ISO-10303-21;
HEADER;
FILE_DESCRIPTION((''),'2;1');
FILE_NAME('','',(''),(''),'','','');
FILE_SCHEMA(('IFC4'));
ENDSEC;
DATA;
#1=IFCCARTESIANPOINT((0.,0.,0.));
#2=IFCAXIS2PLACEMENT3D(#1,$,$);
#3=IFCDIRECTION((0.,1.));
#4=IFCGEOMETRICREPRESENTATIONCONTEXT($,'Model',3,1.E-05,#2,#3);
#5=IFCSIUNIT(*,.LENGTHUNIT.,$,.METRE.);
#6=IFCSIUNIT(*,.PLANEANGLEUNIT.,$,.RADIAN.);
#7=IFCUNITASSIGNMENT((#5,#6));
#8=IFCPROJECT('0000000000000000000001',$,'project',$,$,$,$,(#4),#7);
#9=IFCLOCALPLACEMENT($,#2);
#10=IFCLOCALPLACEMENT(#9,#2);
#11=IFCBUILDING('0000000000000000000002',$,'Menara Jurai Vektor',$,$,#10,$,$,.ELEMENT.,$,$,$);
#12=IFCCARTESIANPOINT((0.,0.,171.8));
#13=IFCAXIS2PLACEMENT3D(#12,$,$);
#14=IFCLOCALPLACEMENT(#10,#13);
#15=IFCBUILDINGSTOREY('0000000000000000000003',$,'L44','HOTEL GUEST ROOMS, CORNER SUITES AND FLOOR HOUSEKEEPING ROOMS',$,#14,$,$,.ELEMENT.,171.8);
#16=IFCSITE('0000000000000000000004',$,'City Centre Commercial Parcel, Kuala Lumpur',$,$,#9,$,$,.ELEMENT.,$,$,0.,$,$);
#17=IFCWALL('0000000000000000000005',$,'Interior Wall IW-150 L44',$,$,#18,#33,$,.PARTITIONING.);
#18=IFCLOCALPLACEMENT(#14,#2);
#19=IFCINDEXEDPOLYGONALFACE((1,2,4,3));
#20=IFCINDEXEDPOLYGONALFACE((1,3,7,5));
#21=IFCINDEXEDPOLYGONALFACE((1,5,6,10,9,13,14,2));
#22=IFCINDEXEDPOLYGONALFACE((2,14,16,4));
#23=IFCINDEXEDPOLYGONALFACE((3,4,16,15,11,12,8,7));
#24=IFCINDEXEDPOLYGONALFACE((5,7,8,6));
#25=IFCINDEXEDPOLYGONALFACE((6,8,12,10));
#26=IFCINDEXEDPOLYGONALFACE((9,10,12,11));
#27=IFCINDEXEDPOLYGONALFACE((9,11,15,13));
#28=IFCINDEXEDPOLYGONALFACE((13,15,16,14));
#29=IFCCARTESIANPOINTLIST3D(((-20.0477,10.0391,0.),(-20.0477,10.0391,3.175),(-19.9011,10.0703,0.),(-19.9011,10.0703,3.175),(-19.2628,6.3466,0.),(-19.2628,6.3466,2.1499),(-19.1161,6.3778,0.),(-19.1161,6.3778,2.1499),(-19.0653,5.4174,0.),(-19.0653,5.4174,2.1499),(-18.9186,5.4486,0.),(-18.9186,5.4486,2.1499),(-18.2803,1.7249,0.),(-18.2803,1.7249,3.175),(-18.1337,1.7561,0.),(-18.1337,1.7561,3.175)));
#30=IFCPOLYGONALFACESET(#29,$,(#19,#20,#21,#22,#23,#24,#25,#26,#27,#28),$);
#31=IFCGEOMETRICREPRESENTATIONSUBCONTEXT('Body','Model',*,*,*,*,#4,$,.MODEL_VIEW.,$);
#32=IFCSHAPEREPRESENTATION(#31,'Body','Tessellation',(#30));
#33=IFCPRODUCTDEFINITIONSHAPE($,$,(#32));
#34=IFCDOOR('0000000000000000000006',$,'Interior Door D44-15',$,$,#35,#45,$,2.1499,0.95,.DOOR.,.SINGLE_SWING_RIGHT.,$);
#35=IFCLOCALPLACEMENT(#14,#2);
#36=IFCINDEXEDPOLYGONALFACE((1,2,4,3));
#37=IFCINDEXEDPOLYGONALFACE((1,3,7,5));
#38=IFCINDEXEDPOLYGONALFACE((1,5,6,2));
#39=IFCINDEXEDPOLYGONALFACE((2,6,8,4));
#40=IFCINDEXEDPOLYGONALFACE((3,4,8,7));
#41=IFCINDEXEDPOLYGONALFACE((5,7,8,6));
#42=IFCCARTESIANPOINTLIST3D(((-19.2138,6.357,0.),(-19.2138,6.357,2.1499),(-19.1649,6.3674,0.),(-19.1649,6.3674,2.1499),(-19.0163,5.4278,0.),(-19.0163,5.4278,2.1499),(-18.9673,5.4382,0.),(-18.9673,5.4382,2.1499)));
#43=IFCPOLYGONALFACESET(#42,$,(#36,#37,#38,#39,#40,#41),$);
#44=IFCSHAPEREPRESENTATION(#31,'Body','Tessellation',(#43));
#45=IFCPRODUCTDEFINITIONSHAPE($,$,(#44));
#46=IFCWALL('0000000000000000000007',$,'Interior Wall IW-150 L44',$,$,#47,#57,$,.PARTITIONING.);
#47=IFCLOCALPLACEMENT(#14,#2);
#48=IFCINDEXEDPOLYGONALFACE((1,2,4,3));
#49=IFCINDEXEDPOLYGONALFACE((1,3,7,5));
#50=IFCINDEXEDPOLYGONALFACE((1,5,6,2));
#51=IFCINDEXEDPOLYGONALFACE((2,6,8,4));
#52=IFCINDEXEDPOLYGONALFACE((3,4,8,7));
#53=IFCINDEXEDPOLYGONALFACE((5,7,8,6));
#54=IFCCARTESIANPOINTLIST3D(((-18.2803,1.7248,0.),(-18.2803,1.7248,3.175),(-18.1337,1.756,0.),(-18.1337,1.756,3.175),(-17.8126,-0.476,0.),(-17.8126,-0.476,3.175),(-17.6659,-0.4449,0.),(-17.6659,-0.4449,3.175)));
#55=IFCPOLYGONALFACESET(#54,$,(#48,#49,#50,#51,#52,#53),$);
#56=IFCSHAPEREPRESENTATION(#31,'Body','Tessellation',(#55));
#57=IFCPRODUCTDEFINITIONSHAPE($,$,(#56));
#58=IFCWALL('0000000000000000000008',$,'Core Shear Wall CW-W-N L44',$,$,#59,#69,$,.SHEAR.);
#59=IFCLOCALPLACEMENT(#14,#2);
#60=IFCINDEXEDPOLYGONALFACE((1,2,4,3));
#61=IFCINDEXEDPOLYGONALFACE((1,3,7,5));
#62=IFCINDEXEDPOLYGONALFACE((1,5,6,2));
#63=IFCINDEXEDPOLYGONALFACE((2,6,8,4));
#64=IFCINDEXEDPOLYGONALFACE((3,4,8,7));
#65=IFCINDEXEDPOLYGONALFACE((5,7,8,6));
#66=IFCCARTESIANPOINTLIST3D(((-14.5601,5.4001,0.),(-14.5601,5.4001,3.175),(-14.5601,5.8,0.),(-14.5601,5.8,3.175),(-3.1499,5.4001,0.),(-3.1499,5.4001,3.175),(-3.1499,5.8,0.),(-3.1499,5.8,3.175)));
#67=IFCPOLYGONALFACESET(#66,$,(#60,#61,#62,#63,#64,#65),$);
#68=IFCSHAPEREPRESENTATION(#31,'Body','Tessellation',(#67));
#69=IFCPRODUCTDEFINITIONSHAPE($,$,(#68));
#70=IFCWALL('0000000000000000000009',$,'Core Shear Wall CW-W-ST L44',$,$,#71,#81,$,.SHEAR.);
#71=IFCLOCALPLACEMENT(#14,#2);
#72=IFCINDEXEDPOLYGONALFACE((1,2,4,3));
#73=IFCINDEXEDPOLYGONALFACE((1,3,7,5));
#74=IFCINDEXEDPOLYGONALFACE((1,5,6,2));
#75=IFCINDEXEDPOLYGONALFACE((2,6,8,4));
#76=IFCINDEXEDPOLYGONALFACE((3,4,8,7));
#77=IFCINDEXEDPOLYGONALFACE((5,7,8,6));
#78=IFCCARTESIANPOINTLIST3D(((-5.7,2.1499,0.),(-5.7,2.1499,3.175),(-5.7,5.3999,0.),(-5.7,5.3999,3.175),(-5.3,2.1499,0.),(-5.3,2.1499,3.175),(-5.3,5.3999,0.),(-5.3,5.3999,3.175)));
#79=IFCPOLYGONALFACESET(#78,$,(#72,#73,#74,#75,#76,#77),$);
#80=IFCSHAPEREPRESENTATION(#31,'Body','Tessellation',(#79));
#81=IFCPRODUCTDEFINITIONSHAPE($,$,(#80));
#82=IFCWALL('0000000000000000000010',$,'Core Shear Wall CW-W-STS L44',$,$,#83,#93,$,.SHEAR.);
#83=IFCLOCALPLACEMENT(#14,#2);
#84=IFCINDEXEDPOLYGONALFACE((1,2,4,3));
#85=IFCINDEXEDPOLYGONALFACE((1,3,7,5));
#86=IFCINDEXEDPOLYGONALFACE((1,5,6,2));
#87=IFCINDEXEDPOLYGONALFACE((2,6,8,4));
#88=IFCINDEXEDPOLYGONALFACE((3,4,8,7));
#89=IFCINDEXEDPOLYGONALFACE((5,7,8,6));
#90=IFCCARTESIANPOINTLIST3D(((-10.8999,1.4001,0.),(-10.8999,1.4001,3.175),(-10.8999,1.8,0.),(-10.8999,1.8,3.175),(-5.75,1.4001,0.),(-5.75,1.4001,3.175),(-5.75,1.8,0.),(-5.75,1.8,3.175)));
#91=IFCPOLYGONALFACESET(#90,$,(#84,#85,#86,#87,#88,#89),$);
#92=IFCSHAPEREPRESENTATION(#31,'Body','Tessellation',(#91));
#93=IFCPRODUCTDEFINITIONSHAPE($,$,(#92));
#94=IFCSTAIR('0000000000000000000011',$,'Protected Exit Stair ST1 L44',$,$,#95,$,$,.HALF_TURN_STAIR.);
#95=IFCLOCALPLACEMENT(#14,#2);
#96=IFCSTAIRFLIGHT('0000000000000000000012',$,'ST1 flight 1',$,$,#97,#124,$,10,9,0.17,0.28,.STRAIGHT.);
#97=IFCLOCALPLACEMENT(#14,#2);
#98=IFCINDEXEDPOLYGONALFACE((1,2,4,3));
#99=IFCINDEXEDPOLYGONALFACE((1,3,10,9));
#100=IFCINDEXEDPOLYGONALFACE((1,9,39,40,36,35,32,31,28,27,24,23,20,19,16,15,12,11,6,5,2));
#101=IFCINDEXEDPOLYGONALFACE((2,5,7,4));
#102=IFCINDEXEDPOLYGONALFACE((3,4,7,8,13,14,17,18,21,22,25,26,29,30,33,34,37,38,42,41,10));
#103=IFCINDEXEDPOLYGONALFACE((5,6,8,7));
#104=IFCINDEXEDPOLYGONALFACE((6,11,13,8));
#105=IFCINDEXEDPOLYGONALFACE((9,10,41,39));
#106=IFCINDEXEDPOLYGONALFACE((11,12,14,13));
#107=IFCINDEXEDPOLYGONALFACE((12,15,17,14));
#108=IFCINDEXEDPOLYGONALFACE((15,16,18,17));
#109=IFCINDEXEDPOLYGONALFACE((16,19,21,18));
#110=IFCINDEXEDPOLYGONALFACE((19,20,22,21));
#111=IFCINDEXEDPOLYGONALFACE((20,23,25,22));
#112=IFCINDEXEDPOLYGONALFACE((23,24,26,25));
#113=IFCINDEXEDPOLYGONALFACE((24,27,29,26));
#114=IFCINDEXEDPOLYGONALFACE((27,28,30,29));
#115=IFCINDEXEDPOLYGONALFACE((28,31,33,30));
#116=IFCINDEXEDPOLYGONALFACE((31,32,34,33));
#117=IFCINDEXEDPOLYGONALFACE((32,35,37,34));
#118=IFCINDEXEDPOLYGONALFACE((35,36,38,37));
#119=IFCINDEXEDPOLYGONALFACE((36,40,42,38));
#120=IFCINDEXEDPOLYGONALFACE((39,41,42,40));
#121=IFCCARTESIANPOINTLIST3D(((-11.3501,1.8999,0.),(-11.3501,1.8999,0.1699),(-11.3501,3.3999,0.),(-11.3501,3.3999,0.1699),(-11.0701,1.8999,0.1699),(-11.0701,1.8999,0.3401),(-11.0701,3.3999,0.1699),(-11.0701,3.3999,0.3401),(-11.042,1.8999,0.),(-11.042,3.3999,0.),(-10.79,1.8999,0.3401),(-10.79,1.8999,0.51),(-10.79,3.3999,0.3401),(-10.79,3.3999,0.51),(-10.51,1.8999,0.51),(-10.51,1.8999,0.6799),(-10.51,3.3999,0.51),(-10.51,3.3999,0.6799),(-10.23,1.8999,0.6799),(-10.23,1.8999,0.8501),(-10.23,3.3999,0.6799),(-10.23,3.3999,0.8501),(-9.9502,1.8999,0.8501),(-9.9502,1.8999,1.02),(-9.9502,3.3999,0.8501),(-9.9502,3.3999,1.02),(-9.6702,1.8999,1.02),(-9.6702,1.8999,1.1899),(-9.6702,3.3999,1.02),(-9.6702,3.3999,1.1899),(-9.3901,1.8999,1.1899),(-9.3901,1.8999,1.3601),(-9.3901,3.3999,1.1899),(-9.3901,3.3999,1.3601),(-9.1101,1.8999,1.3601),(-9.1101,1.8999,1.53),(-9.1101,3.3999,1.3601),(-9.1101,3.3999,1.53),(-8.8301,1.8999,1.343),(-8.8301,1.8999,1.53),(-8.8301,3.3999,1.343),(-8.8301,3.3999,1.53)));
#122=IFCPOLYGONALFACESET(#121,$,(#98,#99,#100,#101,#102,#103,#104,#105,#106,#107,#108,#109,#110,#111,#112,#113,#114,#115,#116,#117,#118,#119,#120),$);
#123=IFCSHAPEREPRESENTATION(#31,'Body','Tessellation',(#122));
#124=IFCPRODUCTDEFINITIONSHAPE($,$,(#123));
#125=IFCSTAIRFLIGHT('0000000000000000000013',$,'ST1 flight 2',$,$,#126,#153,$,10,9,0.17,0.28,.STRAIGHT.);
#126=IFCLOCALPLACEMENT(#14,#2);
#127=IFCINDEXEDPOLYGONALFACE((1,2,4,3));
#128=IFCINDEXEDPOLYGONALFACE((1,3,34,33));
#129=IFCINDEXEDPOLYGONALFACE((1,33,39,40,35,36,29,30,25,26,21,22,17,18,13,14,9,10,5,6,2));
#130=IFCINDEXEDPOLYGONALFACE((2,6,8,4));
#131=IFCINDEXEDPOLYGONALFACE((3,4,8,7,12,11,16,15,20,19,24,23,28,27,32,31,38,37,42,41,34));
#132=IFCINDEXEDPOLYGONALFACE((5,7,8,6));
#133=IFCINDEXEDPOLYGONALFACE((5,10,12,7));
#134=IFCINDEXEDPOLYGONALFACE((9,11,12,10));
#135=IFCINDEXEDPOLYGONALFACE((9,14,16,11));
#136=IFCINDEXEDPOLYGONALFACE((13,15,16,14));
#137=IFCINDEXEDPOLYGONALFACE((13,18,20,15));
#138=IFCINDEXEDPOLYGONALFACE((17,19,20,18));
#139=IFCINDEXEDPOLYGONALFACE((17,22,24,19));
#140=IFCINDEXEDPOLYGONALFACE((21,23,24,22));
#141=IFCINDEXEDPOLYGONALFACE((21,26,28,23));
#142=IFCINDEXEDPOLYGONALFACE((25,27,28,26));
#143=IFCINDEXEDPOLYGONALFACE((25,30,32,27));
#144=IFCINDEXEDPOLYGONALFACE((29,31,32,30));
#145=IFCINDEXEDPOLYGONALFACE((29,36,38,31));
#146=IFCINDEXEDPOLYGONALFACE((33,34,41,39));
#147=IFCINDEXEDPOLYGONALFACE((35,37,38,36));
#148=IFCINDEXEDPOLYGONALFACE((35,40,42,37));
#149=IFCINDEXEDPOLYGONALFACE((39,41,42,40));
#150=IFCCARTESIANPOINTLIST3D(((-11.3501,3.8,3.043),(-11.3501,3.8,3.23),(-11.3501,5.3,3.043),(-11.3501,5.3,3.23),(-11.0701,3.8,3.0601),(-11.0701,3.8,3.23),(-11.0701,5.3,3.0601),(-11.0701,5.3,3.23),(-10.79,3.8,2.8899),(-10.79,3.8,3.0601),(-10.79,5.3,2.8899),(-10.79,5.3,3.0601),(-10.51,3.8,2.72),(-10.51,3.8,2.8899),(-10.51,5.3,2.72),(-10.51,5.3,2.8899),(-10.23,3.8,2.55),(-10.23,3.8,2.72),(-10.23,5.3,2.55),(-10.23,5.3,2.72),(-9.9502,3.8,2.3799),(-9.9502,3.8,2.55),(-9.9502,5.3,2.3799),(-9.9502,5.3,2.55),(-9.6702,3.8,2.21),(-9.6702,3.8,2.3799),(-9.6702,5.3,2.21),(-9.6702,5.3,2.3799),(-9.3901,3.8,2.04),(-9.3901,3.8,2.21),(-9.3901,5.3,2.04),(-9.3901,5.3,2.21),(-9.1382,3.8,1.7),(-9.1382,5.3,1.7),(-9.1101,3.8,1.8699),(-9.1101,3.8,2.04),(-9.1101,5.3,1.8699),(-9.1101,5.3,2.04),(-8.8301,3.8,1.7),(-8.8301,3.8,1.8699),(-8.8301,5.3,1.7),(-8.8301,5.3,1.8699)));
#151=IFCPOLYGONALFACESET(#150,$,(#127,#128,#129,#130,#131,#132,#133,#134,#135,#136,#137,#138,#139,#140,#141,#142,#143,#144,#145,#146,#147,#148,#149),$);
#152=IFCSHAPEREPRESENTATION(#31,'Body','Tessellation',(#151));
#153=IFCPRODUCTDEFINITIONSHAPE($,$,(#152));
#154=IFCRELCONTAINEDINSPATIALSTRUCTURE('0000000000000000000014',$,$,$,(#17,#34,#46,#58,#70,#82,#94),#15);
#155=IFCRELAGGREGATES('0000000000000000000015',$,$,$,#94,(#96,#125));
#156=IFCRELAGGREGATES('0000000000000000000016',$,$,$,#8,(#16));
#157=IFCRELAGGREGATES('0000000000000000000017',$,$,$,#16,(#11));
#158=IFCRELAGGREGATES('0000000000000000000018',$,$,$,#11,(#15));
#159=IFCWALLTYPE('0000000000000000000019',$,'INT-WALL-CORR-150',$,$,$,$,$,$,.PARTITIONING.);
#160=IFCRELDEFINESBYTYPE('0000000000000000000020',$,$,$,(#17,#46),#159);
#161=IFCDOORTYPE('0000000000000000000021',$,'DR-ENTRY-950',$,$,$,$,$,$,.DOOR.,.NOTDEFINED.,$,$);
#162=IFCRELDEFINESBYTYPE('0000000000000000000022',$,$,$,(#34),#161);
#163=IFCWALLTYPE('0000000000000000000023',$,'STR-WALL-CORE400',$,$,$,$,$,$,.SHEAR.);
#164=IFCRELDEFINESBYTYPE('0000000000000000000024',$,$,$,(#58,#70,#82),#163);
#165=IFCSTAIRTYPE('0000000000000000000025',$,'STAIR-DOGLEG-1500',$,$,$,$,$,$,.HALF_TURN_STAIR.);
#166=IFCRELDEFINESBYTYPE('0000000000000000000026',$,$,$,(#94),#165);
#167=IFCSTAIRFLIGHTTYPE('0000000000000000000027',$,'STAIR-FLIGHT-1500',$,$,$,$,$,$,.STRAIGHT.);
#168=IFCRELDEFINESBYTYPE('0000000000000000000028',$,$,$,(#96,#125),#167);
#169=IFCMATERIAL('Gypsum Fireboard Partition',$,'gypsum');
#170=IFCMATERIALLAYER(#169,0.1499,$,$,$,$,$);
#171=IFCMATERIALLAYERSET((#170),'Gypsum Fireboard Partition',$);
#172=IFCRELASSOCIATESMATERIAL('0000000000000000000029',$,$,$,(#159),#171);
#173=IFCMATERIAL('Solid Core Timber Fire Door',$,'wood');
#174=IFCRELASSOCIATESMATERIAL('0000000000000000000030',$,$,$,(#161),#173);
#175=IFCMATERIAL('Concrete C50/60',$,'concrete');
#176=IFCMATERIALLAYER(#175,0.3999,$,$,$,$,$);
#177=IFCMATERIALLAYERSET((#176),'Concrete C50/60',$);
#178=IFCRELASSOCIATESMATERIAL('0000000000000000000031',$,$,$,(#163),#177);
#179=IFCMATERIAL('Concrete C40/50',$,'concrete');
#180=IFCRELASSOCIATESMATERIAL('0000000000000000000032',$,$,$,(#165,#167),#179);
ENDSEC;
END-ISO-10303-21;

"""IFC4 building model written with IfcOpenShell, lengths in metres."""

from ifc_helpers import new_model, si_unit, direction, frame, frame_2d, origin, place, context, subcontext, project, spatial, polyline, rectangle, outline, extrude, material, layer, layer_set, type_object, element, fill, aggregate, save


model = new_model("IFC4")

# Units and contexts
model_context = context("Model", 3, precision=1e-05, world=origin(), true_north=direction((0.0, 1.0)))
body_context = subcontext(model_context, "Body", "Model", "MODEL_VIEW")
ifc_project = project(units=[si_unit("LENGTHUNIT", "METRE"), si_unit("PLANEANGLEUNIT", "RADIAN")], contexts=[model_context])

# Site, building, storey
site_placement = place(None, origin())
site = spatial("IfcSite", under=ifc_project, at=site_placement, Name="City Centre Commercial Parcel, Kuala Lumpur", CompositionType="ELEMENT", RefElevation=0.0)
building_placement = place(site_placement, origin())
building = spatial("IfcBuilding", under=site, at=building_placement, Name="Menara Jurai Vektor", CompositionType="ELEMENT")
storey_placement = place(building_placement, frame((0.0, 0.0, 171.8)))
storey = spatial("IfcBuildingStorey", under=building, at=storey_placement, Name="L44", Description="HOTEL GUEST ROOMS, CORNER SUITES AND FLOOR HOUSEKEEPING ROOMS", CompositionType="ELEMENT", Elevation=171.8)

# Shared definitions
ifc_material_1 = material(Name="Concrete C50/60", Category="concrete")

# Shared definitions
ifc_material_2 = material(Name="Concrete C40/50", Category="concrete")

# Shared definitions
ifc_material_3 = material(Name="Gypsum Fireboard Partition", Category="gypsum")
ifc_layer_1 = layer(ifc_material_3, 0.1499)
ifc_layer_set_1 = layer_set([ifc_layer_1], Name="Gypsum Fireboard Partition")
wall_type_1 = type_object("IfcWallType", Name="INT-WALL-CORR-150", PredefinedType="PARTITIONING", material=ifc_layer_set_1)

# Wall, opening, door
wall_1_placement = place(storey_placement, frame((-18.207, 1.7405, 0.0), z_axis=(0.0, 0.0, 1.0), x_axis=(-0.207922, 0.978145, 0.0)))
wall_1 = element("IfcWall", 1, at=wall_1_placement, inside=storey, type_object=wall_type_1, Name="Interior Wall IW-150 L44", PredefinedType="PARTITIONING", context=body_context, shape_type="SweptSolid", body=[
    extrude(rectangle(XDim=8.5, YDim=0.1499, at=frame_2d((4.25, 0.0))), origin(), (0.0, 0.0, 1.0), 3.175),
])
opening_1_placement = place(wall_1_placement, frame((3.7749, 0.0, 0.0)))
opening_1 = element("IfcOpeningElement", 2, at=opening_1_placement, cuts=wall_1, PredefinedType="OPENING", context=body_context, shape_type="SweptSolid", body=[
    extrude(rectangle(XDim=0.95, YDim=2.1499, at=frame_2d((0.4751, 1.075))), frame((0.0, 0.085, 0.0), z_axis=(0.0, -1.0, 0.0), x_axis=(1.0, 0.0, 0.0)), (0.0, 0.0, 1.0), 0.1699),
])
ifc_material_4 = material(Name="Solid Core Timber Fire Door", Category="wood")
door_type_1 = type_object("IfcDoorType", Name="DR-ENTRY-950", OperationType="NOTDEFINED", PredefinedType="DOOR", material=ifc_material_4)
door_1_placement = place(opening_1_placement, origin())
door_1 = element("IfcDoor", 3, at=door_1_placement, inside=storey, type_object=door_type_1, Name="Interior Door D44-15", OperationType="SINGLE_SWING_RIGHT", OverallHeight=2.1499, OverallWidth=0.95, PredefinedType="DOOR", context=body_context, shape_type="SweptSolid", body=[
    extrude(rectangle(XDim=0.95, YDim=2.1499, at=frame_2d((0.4751, 1.075))), frame((0.0, 0.0249, 0.0), z_axis=(0.0, -1.0, 0.0), x_axis=(1.0, 0.0, 0.0)), (0.0, 0.0, 1.0), 0.05),
])
fill(opening_1, door_1)

# Wall
wall_2_placement = place(storey_placement, frame((-17.7393, -0.4604, 0.0), z_axis=(0.0, 0.0, 1.0), x_axis=(-0.207891, 0.978152, 0.0)))
element("IfcWall", 4, at=wall_2_placement, inside=storey, type_object=wall_type_1, Name="Interior Wall IW-150 L44", PredefinedType="PARTITIONING", context=body_context, shape_type="SweptSolid", body=[
    extrude(rectangle(XDim=2.25, YDim=0.1499, at=frame_2d((1.125, 0.0))), origin(), (0.0, 0.0, 1.0), 3.175),
])

# Walls
ifc_layer_2 = layer(ifc_material_1, 0.3999)
ifc_layer_set_2 = layer_set([ifc_layer_2], Name="Concrete C50/60")
wall_type_2 = type_object("IfcWallType", Name="STR-WALL-CORE400", PredefinedType="SHEAR", material=ifc_layer_set_2)
wall_3_placement = place(storey_placement, frame((-14.5601, 5.6001, 0.0), z_axis=(0.0, 0.0, 1.0), x_axis=(1.0, 0.0, 0.0)))
element("IfcWall", 5, at=wall_3_placement, inside=storey, type_object=wall_type_2, Name="Core Shear Wall CW-W-N L44", PredefinedType="SHEAR", context=body_context, shape_type="SweptSolid", body=[
    extrude(rectangle(XDim=11.4102, YDim=0.3999, at=frame_2d((5.7051, 0.0))), origin(), (0.0, 0.0, 1.0), 3.175),
])
wall_4_placement = place(storey_placement, frame((-5.5, 2.1499, 0.0), z_axis=(0.0, 0.0, 1.0), x_axis=(0.0, 1.0, 0.0)))
element("IfcWall", 6, at=wall_4_placement, inside=storey, type_object=wall_type_2, Name="Core Shear Wall CW-W-ST L44", PredefinedType="SHEAR", context=body_context, shape_type="SweptSolid", body=[
    extrude(rectangle(XDim=3.25, YDim=0.3999, at=frame_2d((1.625, 0.0))), origin(), (0.0, 0.0, 1.0), 3.175),
])
wall_5_placement = place(storey_placement, frame((-10.8999, 1.6001, 0.0), z_axis=(0.0, 0.0, 1.0), x_axis=(1.0, 0.0, 0.0)))
element("IfcWall", 7, at=wall_5_placement, inside=storey, type_object=wall_type_2, Name="Core Shear Wall CW-W-STS L44", PredefinedType="SHEAR", context=body_context, shape_type="SweptSolid", body=[
    extrude(rectangle(XDim=5.1499, YDim=0.3999, at=frame_2d((2.575, 0.0))), origin(), (0.0, 0.0, 1.0), 3.175),
])

# Stair, stair flights
stair_type = type_object("IfcStairType", Name="STAIR-DOGLEG-1500", PredefinedType="HALF_TURN_STAIR", material=ifc_material_2)
stair_placement = place(storey_placement, origin())
stair = element("IfcStair", 8, at=stair_placement, inside=storey, type_object=stair_type, Name="Protected Exit Stair ST1 L44", PredefinedType="HALF_TURN_STAIR")
stair_flight_type = type_object("IfcStairFlightType", Name="STAIR-FLIGHT-1500", PredefinedType="STRAIGHT", material=ifc_material_2)
stair_flight_1_placement = place(storey_placement, frame((-11.3501, 2.6499, 0.0), z_axis=(0.0, 0.0, 1.0), x_axis=(1.0, 0.0, 0.0)))
stair_flight_1 = element("IfcStairFlight", 9, at=stair_flight_1_placement, type_object=stair_flight_type, Name="ST1 flight 1", NumberOfRisers=10, NumberOfTreads=9, PredefinedType="STRAIGHT", RiserHeight=0.17, TreadLength=0.28, context=body_context, shape_type="SweptSolid", body=[
    extrude(outline(polyline([(0.0, 0.0), (0.0, 0.1699), (0.28, 0.1699), (0.28, 0.3401), (0.5601, 0.3401), (0.5601, 0.51), (0.8401, 0.51), (0.8401, 0.6799), (1.1201, 0.6799), (1.1201, 0.8501), (1.3999, 0.8501), (1.3999, 1.02), (1.6799, 1.02), (1.6799, 1.1899), (1.96, 1.1899), (1.96, 1.3601), (2.24, 1.3601), (2.24, 1.53), (2.52, 1.53), (2.52, 1.7), (2.52, 1.343), (0.3081, 0.0), (0.0, 0.0)])), frame((0.0, 0.75, 0.0), z_axis=(0.0, -1.0, 0.0), x_axis=(1.0, 0.0, 0.0)), (0.0, 0.0, 1.0), 1.5),
])
stair_flight_2_placement = place(storey_placement, frame((-8.8301, 4.55, 1.7), z_axis=(0.0, 0.0, 1.0), x_axis=(-1.0, 0.0, 0.0)))
stair_flight_2 = element("IfcStairFlight", 10, at=stair_flight_2_placement, type_object=stair_flight_type, Name="ST1 flight 2", NumberOfRisers=10, NumberOfTreads=9, PredefinedType="STRAIGHT", RiserHeight=0.17, TreadLength=0.28, context=body_context, shape_type="SweptSolid", body=[
    extrude(outline(polyline([(0.0, 0.0), (0.0, 0.1699), (0.28, 0.1699), (0.28, 0.3401), (0.5601, 0.3401), (0.5601, 0.51), (0.8401, 0.51), (0.8401, 0.6799), (1.1201, 0.6799), (1.1201, 0.8501), (1.3999, 0.8501), (1.3999, 1.02), (1.6799, 1.02), (1.6799, 1.1899), (1.96, 1.1899), (1.96, 1.3601), (2.24, 1.3601), (2.24, 1.53), (2.52, 1.53), (2.52, 1.7), (2.52, 1.343), (0.3081, 0.0), (0.0, 0.0)])), frame((0.0, 0.75, 0.0), z_axis=(0.0, -1.0, 0.0), x_axis=(1.0, 0.0, 0.0)), (0.0, 0.0, 1.0), 1.5),
])
aggregate(stair, [stair_flight_1, stair_flight_2])

save(model, "model.ifc")
